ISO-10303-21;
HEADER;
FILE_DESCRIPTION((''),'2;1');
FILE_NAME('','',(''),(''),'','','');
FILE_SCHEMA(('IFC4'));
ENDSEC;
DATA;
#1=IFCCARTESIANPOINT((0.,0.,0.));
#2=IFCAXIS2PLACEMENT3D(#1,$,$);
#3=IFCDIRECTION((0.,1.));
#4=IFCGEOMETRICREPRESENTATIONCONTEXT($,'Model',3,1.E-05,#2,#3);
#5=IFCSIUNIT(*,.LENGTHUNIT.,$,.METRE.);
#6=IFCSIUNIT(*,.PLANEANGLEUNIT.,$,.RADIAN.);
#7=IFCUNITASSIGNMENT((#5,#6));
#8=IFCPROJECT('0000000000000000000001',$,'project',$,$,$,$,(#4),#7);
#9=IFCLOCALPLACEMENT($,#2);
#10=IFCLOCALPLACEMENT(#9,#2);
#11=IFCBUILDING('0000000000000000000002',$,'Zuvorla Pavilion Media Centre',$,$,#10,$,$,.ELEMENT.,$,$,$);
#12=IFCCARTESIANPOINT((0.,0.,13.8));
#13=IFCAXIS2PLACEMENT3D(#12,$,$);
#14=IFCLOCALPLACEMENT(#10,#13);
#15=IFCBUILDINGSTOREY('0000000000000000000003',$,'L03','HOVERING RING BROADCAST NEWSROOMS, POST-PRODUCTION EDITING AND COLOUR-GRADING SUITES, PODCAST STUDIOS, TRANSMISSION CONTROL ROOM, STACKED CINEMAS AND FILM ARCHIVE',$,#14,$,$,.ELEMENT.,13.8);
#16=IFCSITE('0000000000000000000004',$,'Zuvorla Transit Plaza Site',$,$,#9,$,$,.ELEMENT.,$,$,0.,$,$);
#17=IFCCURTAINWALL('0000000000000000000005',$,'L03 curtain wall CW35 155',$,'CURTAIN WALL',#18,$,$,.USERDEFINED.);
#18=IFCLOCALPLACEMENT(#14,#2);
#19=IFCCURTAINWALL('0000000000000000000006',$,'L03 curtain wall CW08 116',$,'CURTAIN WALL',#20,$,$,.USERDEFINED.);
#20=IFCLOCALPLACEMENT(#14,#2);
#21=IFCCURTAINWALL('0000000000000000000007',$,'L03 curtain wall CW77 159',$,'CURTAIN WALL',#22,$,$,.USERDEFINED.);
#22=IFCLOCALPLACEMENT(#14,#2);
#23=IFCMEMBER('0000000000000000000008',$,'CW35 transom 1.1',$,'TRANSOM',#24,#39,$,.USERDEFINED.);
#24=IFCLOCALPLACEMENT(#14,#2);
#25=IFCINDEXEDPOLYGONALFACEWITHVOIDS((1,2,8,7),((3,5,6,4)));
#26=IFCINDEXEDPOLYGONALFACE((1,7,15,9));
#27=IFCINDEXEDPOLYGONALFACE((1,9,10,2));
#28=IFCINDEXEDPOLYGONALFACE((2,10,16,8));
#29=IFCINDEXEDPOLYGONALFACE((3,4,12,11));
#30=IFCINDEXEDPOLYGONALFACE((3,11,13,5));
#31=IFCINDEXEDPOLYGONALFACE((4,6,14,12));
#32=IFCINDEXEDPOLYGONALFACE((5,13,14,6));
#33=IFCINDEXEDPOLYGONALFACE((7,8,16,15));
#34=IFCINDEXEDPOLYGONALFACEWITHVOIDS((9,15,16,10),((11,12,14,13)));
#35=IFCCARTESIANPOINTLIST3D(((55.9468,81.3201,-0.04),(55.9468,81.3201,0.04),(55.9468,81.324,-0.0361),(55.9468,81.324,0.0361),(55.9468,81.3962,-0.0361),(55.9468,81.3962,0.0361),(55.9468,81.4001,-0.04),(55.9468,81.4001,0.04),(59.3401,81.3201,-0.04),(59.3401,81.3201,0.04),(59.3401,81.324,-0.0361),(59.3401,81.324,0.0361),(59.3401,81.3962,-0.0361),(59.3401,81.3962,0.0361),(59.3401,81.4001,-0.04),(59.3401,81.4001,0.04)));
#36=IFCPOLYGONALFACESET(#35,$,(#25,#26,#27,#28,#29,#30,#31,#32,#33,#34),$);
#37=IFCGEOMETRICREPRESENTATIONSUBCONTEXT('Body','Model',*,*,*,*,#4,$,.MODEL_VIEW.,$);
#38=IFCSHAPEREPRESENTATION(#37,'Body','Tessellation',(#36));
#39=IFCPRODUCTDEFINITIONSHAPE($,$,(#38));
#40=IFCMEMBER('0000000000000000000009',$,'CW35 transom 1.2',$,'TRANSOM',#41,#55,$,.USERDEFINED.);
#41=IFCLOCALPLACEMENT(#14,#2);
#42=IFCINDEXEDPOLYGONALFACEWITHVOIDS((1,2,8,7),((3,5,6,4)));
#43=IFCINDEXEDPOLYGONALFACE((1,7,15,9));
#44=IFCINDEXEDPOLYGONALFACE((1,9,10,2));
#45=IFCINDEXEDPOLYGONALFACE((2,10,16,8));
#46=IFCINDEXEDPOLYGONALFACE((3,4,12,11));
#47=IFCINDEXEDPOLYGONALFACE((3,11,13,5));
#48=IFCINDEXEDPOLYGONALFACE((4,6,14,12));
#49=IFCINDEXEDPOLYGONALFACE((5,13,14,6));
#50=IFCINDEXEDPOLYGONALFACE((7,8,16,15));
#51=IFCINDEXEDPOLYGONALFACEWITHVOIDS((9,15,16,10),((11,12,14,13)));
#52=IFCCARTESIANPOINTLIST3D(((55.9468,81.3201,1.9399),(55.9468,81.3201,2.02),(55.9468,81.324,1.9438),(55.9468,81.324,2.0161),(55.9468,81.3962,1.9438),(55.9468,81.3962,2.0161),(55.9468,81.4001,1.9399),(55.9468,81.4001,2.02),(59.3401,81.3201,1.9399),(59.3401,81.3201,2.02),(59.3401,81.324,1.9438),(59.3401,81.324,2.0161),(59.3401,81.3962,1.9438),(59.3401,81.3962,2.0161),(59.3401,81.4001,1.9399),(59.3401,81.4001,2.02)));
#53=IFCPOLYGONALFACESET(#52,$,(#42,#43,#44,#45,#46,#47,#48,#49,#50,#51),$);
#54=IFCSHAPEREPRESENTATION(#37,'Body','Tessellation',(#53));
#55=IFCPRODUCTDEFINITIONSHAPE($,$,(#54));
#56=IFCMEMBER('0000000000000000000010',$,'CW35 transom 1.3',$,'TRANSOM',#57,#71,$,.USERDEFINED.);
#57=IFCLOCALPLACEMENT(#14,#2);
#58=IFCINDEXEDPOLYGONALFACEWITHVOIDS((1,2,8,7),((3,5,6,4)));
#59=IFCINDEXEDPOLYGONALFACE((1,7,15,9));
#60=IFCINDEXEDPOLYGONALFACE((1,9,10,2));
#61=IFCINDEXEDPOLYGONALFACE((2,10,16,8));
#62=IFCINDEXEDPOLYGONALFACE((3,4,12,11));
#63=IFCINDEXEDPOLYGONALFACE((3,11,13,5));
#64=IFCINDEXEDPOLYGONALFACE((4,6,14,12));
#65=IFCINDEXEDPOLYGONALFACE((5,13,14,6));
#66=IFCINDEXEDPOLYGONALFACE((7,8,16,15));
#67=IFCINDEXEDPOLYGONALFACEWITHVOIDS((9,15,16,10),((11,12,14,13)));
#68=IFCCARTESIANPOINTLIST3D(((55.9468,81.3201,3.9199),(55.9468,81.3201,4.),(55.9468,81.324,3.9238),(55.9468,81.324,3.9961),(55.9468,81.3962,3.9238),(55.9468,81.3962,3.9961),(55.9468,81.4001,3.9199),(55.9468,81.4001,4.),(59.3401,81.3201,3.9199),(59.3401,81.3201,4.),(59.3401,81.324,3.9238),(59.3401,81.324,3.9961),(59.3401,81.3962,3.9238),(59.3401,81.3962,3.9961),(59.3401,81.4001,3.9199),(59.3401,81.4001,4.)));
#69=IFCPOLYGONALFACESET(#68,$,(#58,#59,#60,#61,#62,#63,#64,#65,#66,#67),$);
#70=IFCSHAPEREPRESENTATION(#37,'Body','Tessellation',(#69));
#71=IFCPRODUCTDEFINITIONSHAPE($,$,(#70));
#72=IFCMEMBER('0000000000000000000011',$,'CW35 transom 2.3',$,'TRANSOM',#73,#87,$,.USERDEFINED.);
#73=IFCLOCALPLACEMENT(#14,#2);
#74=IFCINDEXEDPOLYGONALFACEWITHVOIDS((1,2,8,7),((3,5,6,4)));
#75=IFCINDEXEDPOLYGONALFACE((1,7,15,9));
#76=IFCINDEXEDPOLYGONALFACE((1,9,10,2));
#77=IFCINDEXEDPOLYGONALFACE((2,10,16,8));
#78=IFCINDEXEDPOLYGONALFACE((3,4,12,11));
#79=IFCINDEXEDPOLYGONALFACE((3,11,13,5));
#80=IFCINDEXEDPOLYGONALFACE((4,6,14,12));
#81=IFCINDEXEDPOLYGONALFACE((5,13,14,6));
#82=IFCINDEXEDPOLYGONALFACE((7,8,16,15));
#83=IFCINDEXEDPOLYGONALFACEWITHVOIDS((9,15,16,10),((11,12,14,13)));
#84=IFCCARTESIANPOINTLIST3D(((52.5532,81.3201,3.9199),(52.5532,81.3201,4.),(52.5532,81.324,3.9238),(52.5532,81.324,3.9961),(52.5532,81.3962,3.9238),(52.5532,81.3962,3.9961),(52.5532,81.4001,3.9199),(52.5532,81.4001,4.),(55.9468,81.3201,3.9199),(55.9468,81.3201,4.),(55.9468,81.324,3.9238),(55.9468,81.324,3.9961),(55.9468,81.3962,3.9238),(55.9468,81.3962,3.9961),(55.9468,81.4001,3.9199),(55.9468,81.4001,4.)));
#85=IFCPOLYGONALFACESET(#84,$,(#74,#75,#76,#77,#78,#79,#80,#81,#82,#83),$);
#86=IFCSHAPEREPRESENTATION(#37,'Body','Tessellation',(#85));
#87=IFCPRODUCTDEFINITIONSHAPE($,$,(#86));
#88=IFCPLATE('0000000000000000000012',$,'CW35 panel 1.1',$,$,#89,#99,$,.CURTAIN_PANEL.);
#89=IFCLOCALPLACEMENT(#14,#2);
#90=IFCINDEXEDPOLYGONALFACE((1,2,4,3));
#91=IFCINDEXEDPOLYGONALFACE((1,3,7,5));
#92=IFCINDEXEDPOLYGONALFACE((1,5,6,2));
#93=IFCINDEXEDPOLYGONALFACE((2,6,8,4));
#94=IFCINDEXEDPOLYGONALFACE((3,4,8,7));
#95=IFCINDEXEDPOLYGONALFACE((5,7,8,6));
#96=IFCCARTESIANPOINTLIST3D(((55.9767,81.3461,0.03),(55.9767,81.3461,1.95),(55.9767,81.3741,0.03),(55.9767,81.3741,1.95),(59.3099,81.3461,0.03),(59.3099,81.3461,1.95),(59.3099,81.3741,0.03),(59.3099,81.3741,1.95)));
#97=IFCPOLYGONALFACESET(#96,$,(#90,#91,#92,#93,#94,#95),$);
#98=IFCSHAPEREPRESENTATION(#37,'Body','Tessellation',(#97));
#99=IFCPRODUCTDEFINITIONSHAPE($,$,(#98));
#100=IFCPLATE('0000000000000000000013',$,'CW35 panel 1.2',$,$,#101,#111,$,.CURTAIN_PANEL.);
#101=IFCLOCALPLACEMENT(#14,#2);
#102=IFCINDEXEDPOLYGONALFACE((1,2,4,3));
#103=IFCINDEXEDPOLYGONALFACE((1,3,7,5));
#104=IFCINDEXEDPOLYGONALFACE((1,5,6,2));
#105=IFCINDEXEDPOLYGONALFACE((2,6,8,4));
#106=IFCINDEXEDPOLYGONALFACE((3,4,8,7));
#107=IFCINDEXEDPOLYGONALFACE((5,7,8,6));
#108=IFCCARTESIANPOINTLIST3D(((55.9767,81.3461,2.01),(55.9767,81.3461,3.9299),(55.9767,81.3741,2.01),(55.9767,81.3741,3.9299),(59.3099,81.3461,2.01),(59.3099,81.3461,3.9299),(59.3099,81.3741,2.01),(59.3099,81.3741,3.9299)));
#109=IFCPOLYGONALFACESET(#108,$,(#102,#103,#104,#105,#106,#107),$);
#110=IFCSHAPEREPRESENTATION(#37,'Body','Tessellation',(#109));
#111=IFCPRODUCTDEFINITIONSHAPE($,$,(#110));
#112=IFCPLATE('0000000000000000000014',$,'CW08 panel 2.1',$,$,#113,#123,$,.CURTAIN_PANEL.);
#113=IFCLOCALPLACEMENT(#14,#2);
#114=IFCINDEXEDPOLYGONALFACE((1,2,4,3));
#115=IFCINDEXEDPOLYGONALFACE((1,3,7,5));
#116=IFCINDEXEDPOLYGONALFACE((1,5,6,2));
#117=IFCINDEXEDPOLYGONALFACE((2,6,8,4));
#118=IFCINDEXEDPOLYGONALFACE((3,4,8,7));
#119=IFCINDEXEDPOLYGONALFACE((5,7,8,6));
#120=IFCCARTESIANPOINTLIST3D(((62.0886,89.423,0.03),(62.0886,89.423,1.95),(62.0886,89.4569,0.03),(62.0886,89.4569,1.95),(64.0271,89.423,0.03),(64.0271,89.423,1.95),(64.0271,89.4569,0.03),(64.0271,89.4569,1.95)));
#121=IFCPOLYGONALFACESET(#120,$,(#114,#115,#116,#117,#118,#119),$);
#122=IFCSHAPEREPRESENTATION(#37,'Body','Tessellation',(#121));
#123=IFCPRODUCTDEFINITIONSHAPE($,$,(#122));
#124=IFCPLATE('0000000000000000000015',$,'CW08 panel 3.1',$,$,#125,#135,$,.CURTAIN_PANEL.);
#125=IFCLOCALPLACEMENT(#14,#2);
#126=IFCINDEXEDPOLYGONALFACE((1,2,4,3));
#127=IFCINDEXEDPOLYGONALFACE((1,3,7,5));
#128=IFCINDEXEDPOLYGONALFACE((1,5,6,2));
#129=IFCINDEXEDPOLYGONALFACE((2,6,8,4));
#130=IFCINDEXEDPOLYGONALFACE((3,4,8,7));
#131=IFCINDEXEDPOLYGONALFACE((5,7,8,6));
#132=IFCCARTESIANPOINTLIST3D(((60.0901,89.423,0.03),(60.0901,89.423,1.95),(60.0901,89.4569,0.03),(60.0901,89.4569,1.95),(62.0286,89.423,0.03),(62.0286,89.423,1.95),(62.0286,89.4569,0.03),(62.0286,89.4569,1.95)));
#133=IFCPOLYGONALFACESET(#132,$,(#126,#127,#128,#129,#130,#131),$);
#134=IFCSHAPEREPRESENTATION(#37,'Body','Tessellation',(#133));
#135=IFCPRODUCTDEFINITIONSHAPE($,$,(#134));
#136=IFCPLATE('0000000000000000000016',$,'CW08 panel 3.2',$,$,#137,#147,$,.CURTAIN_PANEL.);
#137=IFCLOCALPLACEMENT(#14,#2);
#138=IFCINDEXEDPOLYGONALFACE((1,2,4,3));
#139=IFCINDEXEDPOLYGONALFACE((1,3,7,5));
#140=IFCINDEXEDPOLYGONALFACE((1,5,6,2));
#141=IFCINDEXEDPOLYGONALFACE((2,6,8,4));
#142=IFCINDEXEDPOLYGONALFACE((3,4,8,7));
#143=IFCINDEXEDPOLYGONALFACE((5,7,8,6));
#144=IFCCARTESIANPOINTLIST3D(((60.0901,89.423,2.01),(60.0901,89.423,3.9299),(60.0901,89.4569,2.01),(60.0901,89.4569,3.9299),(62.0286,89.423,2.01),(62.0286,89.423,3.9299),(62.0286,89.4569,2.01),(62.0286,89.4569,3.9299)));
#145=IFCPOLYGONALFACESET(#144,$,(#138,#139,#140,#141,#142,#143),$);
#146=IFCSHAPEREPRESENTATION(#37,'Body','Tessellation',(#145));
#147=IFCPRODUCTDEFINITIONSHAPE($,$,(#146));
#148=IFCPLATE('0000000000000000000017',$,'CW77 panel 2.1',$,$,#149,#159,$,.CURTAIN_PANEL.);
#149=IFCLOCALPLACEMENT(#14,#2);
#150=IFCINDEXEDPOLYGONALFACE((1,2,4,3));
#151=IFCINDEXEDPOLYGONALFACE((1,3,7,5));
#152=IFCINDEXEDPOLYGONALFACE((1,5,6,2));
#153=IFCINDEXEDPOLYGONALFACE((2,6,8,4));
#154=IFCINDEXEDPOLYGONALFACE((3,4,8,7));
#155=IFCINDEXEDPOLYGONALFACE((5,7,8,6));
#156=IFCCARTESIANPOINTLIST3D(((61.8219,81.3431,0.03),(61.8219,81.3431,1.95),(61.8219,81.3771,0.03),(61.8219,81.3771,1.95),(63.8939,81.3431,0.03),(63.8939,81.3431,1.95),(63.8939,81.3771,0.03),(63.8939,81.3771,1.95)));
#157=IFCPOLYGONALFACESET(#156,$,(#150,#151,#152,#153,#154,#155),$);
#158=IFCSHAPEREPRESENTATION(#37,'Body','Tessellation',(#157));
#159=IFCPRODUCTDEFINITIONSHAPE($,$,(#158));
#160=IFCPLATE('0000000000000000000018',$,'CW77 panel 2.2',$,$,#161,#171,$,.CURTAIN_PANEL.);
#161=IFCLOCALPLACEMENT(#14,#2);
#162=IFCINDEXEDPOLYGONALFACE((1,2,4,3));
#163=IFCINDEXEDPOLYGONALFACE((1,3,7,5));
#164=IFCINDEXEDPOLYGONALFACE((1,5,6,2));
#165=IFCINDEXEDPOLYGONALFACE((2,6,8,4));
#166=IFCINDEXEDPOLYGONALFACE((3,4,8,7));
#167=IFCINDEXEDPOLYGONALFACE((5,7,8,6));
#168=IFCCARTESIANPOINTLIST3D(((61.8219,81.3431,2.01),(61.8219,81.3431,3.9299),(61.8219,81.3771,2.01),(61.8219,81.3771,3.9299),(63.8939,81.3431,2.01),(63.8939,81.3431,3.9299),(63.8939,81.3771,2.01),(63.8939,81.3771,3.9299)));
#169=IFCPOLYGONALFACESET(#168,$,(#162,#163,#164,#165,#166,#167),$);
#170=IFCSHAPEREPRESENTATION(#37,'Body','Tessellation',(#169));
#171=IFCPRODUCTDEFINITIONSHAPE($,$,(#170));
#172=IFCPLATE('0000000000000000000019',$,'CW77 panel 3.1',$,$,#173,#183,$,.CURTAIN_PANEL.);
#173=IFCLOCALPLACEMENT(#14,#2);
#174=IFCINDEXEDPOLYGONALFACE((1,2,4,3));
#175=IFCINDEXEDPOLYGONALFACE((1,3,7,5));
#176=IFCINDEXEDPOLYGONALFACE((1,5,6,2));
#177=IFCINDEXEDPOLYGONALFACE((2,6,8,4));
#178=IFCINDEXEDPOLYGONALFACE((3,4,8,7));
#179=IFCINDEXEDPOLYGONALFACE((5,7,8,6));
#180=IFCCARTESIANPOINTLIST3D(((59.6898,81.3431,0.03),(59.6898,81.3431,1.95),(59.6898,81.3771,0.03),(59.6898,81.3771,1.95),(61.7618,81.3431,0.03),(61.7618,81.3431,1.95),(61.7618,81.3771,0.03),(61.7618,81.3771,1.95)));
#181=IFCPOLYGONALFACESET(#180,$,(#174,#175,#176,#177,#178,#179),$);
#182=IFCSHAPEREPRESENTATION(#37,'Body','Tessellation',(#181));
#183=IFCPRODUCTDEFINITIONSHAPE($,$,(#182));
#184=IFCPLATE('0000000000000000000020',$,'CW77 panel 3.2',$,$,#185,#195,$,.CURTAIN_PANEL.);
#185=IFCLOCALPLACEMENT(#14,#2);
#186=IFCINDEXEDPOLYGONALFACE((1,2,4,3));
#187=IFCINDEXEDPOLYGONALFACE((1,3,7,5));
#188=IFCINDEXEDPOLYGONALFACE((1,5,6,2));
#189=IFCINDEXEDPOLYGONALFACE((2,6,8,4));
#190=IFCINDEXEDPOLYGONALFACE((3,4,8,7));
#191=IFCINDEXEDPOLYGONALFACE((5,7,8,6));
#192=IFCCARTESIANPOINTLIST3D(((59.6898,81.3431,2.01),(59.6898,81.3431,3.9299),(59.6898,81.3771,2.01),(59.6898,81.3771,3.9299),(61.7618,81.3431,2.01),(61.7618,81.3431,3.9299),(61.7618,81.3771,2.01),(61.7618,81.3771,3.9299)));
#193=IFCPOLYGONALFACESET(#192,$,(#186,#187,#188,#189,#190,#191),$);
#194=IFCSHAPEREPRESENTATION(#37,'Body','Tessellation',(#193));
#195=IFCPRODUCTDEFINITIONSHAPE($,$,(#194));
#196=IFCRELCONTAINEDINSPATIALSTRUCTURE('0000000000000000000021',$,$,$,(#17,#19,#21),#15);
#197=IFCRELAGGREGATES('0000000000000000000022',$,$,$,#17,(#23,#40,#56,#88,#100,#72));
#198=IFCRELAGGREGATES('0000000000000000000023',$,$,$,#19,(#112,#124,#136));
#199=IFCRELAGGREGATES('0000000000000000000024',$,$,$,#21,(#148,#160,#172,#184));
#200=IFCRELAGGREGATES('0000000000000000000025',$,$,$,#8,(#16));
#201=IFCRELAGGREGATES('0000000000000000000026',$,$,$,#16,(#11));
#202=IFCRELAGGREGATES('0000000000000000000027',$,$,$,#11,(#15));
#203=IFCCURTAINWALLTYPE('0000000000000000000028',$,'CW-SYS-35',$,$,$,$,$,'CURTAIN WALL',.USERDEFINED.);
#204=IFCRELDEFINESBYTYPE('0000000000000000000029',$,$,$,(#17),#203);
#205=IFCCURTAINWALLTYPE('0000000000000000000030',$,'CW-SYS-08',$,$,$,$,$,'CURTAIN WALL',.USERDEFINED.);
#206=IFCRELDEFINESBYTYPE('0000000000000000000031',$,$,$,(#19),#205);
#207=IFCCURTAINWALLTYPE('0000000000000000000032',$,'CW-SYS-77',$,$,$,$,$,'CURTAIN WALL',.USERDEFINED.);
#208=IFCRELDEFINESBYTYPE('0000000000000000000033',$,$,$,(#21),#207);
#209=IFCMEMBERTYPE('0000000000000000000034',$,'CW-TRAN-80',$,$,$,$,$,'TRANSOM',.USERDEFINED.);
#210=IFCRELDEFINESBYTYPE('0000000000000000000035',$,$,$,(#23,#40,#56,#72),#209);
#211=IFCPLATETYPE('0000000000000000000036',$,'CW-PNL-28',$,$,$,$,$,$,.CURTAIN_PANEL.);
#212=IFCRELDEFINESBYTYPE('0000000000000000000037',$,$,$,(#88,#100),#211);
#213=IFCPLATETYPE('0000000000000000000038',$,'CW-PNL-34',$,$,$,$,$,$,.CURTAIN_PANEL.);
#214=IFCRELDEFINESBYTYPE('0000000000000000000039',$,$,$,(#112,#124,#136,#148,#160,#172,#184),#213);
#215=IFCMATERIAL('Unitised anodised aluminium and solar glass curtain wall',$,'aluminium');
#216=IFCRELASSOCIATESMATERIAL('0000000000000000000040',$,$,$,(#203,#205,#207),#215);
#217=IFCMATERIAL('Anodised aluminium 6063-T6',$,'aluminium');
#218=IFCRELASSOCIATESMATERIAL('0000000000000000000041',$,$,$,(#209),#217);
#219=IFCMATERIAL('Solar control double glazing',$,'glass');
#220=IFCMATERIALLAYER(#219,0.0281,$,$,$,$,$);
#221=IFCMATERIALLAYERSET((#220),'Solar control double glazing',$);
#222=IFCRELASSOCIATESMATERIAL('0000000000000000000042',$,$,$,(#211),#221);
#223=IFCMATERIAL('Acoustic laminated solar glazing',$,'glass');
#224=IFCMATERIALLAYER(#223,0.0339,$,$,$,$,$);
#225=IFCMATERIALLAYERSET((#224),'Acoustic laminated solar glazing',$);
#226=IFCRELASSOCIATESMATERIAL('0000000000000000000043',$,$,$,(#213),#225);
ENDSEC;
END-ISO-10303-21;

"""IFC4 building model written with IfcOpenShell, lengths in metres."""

from ifc_helpers import new_model, si_unit, direction, frame, origin, origin_2d, place, context, subcontext, project, spatial, rectangle, hollow_rectangle, extrude, material, layer, layer_set, material_profile, profile_set, type_object, element, aggregate, save


model = new_model("IFC4")

# Units and contexts
model_context = context("Model", 3, precision=1e-05, world=origin(), true_north=direction((0.0, 1.0)))
body_context = subcontext(model_context, "Body", "Model", "MODEL_VIEW")
ifc_project = project(units=[si_unit("LENGTHUNIT", "METRE"), si_unit("PLANEANGLEUNIT", "RADIAN")], contexts=[model_context])

# Site, building, storey
site_placement = place(None, origin())
site = spatial("IfcSite", under=ifc_project, at=site_placement, Name="Zuvorla Transit Plaza Site", CompositionType="ELEMENT", RefElevation=0.0)
building_placement = place(site_placement, origin())
building = spatial("IfcBuilding", under=site, at=building_placement, Name="Zuvorla Pavilion Media Centre", CompositionType="ELEMENT")
storey_placement = place(building_placement, frame((0.0, 0.0, 13.8)))
storey = spatial("IfcBuildingStorey", under=building, at=storey_placement, Name="L03", Description="HOVERING RING BROADCAST NEWSROOMS, POST-PRODUCTION EDITING AND COLOUR-GRADING SUITES, PODCAST STUDIOS, TRANSMISSION CONTROL ROOM, STACKED CINEMAS AND FILM ARCHIVE", CompositionType="ELEMENT", Elevation=13.8)

# Curtain wall
ifc_material_1 = material(Name="Unitised anodised aluminium and solar glass curtain wall", Category="aluminium")
ifc_material_2 = material(Name="Anodised aluminium 6063-T6", Category="aluminium")
curtain_wall_type_1 = type_object("IfcCurtainWallType", Name="CW-SYS-35", ElementType="CURTAIN WALL", PredefinedType="USERDEFINED", material=ifc_material_1)
curtain_wall_1_placement = place(storey_placement, origin())
curtain_wall_1 = element("IfcCurtainWall", 1, at=curtain_wall_1_placement, inside=storey, type_object=curtain_wall_type_1, Name="L03 curtain wall CW35 155", ObjectType="CURTAIN WALL", PredefinedType="USERDEFINED")

# Curtain walls
curtain_wall_type_2 = type_object("IfcCurtainWallType", Name="CW-SYS-08", ElementType="CURTAIN WALL", PredefinedType="USERDEFINED", material=ifc_material_1)
curtain_wall_2_placement = place(storey_placement, origin())
curtain_wall_2 = element("IfcCurtainWall", 2, at=curtain_wall_2_placement, inside=storey, type_object=curtain_wall_type_2, Name="L03 curtain wall CW08 116", ObjectType="CURTAIN WALL", PredefinedType="USERDEFINED")
curtain_wall_type_3 = type_object("IfcCurtainWallType", Name="CW-SYS-77", ElementType="CURTAIN WALL", PredefinedType="USERDEFINED", material=ifc_material_1)
curtain_wall_3_placement = place(storey_placement, origin())
curtain_wall_3 = element("IfcCurtainWall", 3, at=curtain_wall_3_placement, inside=storey, type_object=curtain_wall_type_3, Name="L03 curtain wall CW77 159", ObjectType="CURTAIN WALL", PredefinedType="USERDEFINED")

# Members
ifc_material_profile_1 = material_profile(ifc_material_2, hollow_rectangle(XDim=0.0801, YDim=0.0801, WallThickness=0.0039, at=origin_2d()), Name="ALU TRAN 80x80")
ifc_profile_set_1 = profile_set([ifc_material_profile_1], Name="Anodised aluminium 6063-T6")
member_type_1 = type_object("IfcMemberType", Name="CW-TRAN-80", ElementType="TRANSOM", PredefinedType="USERDEFINED", material=ifc_profile_set_1)
member_1_placement = place(storey_placement, frame((59.3401, 81.3601, 0.0), z_axis=(-1.0, 0.0, 0.0), x_axis=(0.0, -1.0, 0.0)))
member_1 = element("IfcMember", 4, at=member_1_placement, type_object=member_type_1, Name="CW35 transom 1.1", ObjectType="TRANSOM", PredefinedType="USERDEFINED", context=body_context, shape_type="SweptSolid", body=[
    extrude(hollow_rectangle(XDim=0.0801, YDim=0.0801, WallThickness=0.0039, at=origin_2d()), origin(), (0.0, 0.0, 1.0), 3.3933),
])
member_2_placement = place(storey_placement, frame((59.3401, 81.3601, 1.98), z_axis=(-1.0, 0.0, 0.0), x_axis=(0.0, -1.0, 0.0)))
member_2 = element("IfcMember", 5, at=member_2_placement, type_object=member_type_1, Name="CW35 transom 1.2", ObjectType="TRANSOM", PredefinedType="USERDEFINED", context=body_context, shape_type="SweptSolid", body=[
    extrude(hollow_rectangle(XDim=0.0801, YDim=0.0801, WallThickness=0.0039, at=origin_2d()), origin(), (0.0, 0.0, 1.0), 3.3933),
])
member_3_placement = place(storey_placement, frame((59.3401, 81.3601, 3.96), z_axis=(-1.0, 0.0, 0.0), x_axis=(0.0, -1.0, 0.0)))
member_3 = element("IfcMember", 6, at=member_3_placement, type_object=member_type_1, Name="CW35 transom 1.3", ObjectType="TRANSOM", PredefinedType="USERDEFINED", context=body_context, shape_type="SweptSolid", body=[
    extrude(hollow_rectangle(XDim=0.0801, YDim=0.0801, WallThickness=0.0039, at=origin_2d()), origin(), (0.0, 0.0, 1.0), 3.3933),
])
member_4_placement = place(storey_placement, frame((55.9468, 81.3601, 3.96), z_axis=(-1.0, 0.0, 0.0), x_axis=(0.0, -1.0, 0.0)))
member_4 = element("IfcMember", 7, at=member_4_placement, type_object=member_type_1, Name="CW35 transom 2.3", ObjectType="TRANSOM", PredefinedType="USERDEFINED", context=body_context, shape_type="SweptSolid", body=[
    extrude(hollow_rectangle(XDim=0.0801, YDim=0.0801, WallThickness=0.0039, at=origin_2d()), origin(), (0.0, 0.0, 1.0), 3.3936),
])

# Plates
ifc_material_3 = material(Name="Solar control double glazing", Category="glass")
ifc_layer_1 = layer(ifc_material_3, 0.0281)
ifc_layer_set_1 = layer_set([ifc_layer_1], Name="Solar control double glazing")
plate_type_1 = type_object("IfcPlateType", Name="CW-PNL-28", PredefinedType="CURTAIN_PANEL", material=ifc_layer_set_1)
plate_1_placement = place(storey_placement, frame((57.6433, 81.3601, 0.03), z_axis=(0.0, 0.0, 1.0), x_axis=(-1.0, 0.0, 0.0)))
plate_1 = element("IfcPlate", 8, at=plate_1_placement, type_object=plate_type_1, Name="CW35 panel 1.1", PredefinedType="CURTAIN_PANEL", context=body_context, shape_type="SweptSolid", body=[
    extrude(rectangle(XDim=3.3333, YDim=0.0281, at=origin_2d()), origin(), (0.0, 0.0, 1.0), 1.9199),
])
plate_2_placement = place(storey_placement, frame((57.6433, 81.3601, 2.01), z_axis=(0.0, 0.0, 1.0), x_axis=(-1.0, 0.0, 0.0)))
plate_2 = element("IfcPlate", 9, at=plate_2_placement, type_object=plate_type_1, Name="CW35 panel 1.2", PredefinedType="CURTAIN_PANEL", context=body_context, shape_type="SweptSolid", body=[
    extrude(rectangle(XDim=3.3333, YDim=0.0281, at=origin_2d()), origin(), (0.0, 0.0, 1.0), 1.9199),
])
aggregate(curtain_wall_1, [member_1, member_2, member_3, plate_1, plate_2, member_4])
ifc_material_4 = material(Name="Acoustic laminated solar glazing", Category="glass")
ifc_layer_2 = layer(ifc_material_4, 0.0339)
ifc_layer_set_2 = layer_set([ifc_layer_2], Name="Acoustic laminated solar glazing")
plate_type_2 = type_object("IfcPlateType", Name="CW-PNL-34", PredefinedType="CURTAIN_PANEL", material=ifc_layer_set_2)
plate_3_placement = place(storey_placement, frame((63.0579, 89.4399, 0.03), z_axis=(0.0, 0.0, 1.0), x_axis=(-1.0, 0.0, 0.0)))
plate_3 = element("IfcPlate", 10, at=plate_3_placement, type_object=plate_type_2, Name="CW08 panel 2.1", PredefinedType="CURTAIN_PANEL", context=body_context, shape_type="SweptSolid", body=[
    extrude(rectangle(XDim=1.9385, YDim=0.0339, at=origin_2d()), origin(), (0.0, 0.0, 1.0), 1.9199),
])
plate_4_placement = place(storey_placement, frame((61.0593, 89.4399, 0.03), z_axis=(0.0, 0.0, 1.0), x_axis=(-1.0, 0.0, 0.0)))
plate_4 = element("IfcPlate", 11, at=plate_4_placement, type_object=plate_type_2, Name="CW08 panel 3.1", PredefinedType="CURTAIN_PANEL", context=body_context, shape_type="SweptSolid", body=[
    extrude(rectangle(XDim=1.9385, YDim=0.0339, at=origin_2d()), origin(), (0.0, 0.0, 1.0), 1.9199),
])
plate_5_placement = place(storey_placement, frame((61.0593, 89.4399, 2.01), z_axis=(0.0, 0.0, 1.0), x_axis=(-1.0, 0.0, 0.0)))
plate_5 = element("IfcPlate", 12, at=plate_5_placement, type_object=plate_type_2, Name="CW08 panel 3.2", PredefinedType="CURTAIN_PANEL", context=body_context, shape_type="SweptSolid", body=[
    extrude(rectangle(XDim=1.9385, YDim=0.0339, at=origin_2d()), origin(), (0.0, 0.0, 1.0), 1.9199),
])
aggregate(curtain_wall_2, [plate_3, plate_4, plate_5])
plate_6_placement = place(storey_placement, frame((62.8579, 81.3601, 0.03), z_axis=(0.0, 0.0, 1.0), x_axis=(-1.0, 0.0, 0.0)))
plate_6 = element("IfcPlate", 13, at=plate_6_placement, type_object=plate_type_2, Name="CW77 panel 2.1", PredefinedType="CURTAIN_PANEL", context=body_context, shape_type="SweptSolid", body=[
    extrude(rectangle(XDim=2.072, YDim=0.0339, at=origin_2d()), origin(), (0.0, 0.0, 1.0), 1.9199),
])
plate_7_placement = place(storey_placement, frame((62.8579, 81.3601, 2.01), z_axis=(0.0, 0.0, 1.0), x_axis=(-1.0, 0.0, 0.0)))
plate_7 = element("IfcPlate", 14, at=plate_7_placement, type_object=plate_type_2, Name="CW77 panel 2.2", PredefinedType="CURTAIN_PANEL", context=body_context, shape_type="SweptSolid", body=[
    extrude(rectangle(XDim=2.072, YDim=0.0339, at=origin_2d()), origin(), (0.0, 0.0, 1.0), 1.9199),
])
plate_8_placement = place(storey_placement, frame((60.7258, 81.3601, 0.03), z_axis=(0.0, 0.0, 1.0), x_axis=(-1.0, 0.0, 0.0)))
plate_8 = element("IfcPlate", 15, at=plate_8_placement, type_object=plate_type_2, Name="CW77 panel 3.1", PredefinedType="CURTAIN_PANEL", context=body_context, shape_type="SweptSolid", body=[
    extrude(rectangle(XDim=2.072, YDim=0.0339, at=origin_2d()), origin(), (0.0, 0.0, 1.0), 1.9199),
])
plate_9_placement = place(storey_placement, frame((60.7258, 81.3601, 2.01), z_axis=(0.0, 0.0, 1.0), x_axis=(-1.0, 0.0, 0.0)))
plate_9 = element("IfcPlate", 16, at=plate_9_placement, type_object=plate_type_2, Name="CW77 panel 3.2", PredefinedType="CURTAIN_PANEL", context=body_context, shape_type="SweptSolid", body=[
    extrude(rectangle(XDim=2.072, YDim=0.0339, at=origin_2d()), origin(), (0.0, 0.0, 1.0), 1.9199),
])
aggregate(curtain_wall_3, [plate_6, plate_7, plate_8, plate_9])

save(model, "model.ifc")
